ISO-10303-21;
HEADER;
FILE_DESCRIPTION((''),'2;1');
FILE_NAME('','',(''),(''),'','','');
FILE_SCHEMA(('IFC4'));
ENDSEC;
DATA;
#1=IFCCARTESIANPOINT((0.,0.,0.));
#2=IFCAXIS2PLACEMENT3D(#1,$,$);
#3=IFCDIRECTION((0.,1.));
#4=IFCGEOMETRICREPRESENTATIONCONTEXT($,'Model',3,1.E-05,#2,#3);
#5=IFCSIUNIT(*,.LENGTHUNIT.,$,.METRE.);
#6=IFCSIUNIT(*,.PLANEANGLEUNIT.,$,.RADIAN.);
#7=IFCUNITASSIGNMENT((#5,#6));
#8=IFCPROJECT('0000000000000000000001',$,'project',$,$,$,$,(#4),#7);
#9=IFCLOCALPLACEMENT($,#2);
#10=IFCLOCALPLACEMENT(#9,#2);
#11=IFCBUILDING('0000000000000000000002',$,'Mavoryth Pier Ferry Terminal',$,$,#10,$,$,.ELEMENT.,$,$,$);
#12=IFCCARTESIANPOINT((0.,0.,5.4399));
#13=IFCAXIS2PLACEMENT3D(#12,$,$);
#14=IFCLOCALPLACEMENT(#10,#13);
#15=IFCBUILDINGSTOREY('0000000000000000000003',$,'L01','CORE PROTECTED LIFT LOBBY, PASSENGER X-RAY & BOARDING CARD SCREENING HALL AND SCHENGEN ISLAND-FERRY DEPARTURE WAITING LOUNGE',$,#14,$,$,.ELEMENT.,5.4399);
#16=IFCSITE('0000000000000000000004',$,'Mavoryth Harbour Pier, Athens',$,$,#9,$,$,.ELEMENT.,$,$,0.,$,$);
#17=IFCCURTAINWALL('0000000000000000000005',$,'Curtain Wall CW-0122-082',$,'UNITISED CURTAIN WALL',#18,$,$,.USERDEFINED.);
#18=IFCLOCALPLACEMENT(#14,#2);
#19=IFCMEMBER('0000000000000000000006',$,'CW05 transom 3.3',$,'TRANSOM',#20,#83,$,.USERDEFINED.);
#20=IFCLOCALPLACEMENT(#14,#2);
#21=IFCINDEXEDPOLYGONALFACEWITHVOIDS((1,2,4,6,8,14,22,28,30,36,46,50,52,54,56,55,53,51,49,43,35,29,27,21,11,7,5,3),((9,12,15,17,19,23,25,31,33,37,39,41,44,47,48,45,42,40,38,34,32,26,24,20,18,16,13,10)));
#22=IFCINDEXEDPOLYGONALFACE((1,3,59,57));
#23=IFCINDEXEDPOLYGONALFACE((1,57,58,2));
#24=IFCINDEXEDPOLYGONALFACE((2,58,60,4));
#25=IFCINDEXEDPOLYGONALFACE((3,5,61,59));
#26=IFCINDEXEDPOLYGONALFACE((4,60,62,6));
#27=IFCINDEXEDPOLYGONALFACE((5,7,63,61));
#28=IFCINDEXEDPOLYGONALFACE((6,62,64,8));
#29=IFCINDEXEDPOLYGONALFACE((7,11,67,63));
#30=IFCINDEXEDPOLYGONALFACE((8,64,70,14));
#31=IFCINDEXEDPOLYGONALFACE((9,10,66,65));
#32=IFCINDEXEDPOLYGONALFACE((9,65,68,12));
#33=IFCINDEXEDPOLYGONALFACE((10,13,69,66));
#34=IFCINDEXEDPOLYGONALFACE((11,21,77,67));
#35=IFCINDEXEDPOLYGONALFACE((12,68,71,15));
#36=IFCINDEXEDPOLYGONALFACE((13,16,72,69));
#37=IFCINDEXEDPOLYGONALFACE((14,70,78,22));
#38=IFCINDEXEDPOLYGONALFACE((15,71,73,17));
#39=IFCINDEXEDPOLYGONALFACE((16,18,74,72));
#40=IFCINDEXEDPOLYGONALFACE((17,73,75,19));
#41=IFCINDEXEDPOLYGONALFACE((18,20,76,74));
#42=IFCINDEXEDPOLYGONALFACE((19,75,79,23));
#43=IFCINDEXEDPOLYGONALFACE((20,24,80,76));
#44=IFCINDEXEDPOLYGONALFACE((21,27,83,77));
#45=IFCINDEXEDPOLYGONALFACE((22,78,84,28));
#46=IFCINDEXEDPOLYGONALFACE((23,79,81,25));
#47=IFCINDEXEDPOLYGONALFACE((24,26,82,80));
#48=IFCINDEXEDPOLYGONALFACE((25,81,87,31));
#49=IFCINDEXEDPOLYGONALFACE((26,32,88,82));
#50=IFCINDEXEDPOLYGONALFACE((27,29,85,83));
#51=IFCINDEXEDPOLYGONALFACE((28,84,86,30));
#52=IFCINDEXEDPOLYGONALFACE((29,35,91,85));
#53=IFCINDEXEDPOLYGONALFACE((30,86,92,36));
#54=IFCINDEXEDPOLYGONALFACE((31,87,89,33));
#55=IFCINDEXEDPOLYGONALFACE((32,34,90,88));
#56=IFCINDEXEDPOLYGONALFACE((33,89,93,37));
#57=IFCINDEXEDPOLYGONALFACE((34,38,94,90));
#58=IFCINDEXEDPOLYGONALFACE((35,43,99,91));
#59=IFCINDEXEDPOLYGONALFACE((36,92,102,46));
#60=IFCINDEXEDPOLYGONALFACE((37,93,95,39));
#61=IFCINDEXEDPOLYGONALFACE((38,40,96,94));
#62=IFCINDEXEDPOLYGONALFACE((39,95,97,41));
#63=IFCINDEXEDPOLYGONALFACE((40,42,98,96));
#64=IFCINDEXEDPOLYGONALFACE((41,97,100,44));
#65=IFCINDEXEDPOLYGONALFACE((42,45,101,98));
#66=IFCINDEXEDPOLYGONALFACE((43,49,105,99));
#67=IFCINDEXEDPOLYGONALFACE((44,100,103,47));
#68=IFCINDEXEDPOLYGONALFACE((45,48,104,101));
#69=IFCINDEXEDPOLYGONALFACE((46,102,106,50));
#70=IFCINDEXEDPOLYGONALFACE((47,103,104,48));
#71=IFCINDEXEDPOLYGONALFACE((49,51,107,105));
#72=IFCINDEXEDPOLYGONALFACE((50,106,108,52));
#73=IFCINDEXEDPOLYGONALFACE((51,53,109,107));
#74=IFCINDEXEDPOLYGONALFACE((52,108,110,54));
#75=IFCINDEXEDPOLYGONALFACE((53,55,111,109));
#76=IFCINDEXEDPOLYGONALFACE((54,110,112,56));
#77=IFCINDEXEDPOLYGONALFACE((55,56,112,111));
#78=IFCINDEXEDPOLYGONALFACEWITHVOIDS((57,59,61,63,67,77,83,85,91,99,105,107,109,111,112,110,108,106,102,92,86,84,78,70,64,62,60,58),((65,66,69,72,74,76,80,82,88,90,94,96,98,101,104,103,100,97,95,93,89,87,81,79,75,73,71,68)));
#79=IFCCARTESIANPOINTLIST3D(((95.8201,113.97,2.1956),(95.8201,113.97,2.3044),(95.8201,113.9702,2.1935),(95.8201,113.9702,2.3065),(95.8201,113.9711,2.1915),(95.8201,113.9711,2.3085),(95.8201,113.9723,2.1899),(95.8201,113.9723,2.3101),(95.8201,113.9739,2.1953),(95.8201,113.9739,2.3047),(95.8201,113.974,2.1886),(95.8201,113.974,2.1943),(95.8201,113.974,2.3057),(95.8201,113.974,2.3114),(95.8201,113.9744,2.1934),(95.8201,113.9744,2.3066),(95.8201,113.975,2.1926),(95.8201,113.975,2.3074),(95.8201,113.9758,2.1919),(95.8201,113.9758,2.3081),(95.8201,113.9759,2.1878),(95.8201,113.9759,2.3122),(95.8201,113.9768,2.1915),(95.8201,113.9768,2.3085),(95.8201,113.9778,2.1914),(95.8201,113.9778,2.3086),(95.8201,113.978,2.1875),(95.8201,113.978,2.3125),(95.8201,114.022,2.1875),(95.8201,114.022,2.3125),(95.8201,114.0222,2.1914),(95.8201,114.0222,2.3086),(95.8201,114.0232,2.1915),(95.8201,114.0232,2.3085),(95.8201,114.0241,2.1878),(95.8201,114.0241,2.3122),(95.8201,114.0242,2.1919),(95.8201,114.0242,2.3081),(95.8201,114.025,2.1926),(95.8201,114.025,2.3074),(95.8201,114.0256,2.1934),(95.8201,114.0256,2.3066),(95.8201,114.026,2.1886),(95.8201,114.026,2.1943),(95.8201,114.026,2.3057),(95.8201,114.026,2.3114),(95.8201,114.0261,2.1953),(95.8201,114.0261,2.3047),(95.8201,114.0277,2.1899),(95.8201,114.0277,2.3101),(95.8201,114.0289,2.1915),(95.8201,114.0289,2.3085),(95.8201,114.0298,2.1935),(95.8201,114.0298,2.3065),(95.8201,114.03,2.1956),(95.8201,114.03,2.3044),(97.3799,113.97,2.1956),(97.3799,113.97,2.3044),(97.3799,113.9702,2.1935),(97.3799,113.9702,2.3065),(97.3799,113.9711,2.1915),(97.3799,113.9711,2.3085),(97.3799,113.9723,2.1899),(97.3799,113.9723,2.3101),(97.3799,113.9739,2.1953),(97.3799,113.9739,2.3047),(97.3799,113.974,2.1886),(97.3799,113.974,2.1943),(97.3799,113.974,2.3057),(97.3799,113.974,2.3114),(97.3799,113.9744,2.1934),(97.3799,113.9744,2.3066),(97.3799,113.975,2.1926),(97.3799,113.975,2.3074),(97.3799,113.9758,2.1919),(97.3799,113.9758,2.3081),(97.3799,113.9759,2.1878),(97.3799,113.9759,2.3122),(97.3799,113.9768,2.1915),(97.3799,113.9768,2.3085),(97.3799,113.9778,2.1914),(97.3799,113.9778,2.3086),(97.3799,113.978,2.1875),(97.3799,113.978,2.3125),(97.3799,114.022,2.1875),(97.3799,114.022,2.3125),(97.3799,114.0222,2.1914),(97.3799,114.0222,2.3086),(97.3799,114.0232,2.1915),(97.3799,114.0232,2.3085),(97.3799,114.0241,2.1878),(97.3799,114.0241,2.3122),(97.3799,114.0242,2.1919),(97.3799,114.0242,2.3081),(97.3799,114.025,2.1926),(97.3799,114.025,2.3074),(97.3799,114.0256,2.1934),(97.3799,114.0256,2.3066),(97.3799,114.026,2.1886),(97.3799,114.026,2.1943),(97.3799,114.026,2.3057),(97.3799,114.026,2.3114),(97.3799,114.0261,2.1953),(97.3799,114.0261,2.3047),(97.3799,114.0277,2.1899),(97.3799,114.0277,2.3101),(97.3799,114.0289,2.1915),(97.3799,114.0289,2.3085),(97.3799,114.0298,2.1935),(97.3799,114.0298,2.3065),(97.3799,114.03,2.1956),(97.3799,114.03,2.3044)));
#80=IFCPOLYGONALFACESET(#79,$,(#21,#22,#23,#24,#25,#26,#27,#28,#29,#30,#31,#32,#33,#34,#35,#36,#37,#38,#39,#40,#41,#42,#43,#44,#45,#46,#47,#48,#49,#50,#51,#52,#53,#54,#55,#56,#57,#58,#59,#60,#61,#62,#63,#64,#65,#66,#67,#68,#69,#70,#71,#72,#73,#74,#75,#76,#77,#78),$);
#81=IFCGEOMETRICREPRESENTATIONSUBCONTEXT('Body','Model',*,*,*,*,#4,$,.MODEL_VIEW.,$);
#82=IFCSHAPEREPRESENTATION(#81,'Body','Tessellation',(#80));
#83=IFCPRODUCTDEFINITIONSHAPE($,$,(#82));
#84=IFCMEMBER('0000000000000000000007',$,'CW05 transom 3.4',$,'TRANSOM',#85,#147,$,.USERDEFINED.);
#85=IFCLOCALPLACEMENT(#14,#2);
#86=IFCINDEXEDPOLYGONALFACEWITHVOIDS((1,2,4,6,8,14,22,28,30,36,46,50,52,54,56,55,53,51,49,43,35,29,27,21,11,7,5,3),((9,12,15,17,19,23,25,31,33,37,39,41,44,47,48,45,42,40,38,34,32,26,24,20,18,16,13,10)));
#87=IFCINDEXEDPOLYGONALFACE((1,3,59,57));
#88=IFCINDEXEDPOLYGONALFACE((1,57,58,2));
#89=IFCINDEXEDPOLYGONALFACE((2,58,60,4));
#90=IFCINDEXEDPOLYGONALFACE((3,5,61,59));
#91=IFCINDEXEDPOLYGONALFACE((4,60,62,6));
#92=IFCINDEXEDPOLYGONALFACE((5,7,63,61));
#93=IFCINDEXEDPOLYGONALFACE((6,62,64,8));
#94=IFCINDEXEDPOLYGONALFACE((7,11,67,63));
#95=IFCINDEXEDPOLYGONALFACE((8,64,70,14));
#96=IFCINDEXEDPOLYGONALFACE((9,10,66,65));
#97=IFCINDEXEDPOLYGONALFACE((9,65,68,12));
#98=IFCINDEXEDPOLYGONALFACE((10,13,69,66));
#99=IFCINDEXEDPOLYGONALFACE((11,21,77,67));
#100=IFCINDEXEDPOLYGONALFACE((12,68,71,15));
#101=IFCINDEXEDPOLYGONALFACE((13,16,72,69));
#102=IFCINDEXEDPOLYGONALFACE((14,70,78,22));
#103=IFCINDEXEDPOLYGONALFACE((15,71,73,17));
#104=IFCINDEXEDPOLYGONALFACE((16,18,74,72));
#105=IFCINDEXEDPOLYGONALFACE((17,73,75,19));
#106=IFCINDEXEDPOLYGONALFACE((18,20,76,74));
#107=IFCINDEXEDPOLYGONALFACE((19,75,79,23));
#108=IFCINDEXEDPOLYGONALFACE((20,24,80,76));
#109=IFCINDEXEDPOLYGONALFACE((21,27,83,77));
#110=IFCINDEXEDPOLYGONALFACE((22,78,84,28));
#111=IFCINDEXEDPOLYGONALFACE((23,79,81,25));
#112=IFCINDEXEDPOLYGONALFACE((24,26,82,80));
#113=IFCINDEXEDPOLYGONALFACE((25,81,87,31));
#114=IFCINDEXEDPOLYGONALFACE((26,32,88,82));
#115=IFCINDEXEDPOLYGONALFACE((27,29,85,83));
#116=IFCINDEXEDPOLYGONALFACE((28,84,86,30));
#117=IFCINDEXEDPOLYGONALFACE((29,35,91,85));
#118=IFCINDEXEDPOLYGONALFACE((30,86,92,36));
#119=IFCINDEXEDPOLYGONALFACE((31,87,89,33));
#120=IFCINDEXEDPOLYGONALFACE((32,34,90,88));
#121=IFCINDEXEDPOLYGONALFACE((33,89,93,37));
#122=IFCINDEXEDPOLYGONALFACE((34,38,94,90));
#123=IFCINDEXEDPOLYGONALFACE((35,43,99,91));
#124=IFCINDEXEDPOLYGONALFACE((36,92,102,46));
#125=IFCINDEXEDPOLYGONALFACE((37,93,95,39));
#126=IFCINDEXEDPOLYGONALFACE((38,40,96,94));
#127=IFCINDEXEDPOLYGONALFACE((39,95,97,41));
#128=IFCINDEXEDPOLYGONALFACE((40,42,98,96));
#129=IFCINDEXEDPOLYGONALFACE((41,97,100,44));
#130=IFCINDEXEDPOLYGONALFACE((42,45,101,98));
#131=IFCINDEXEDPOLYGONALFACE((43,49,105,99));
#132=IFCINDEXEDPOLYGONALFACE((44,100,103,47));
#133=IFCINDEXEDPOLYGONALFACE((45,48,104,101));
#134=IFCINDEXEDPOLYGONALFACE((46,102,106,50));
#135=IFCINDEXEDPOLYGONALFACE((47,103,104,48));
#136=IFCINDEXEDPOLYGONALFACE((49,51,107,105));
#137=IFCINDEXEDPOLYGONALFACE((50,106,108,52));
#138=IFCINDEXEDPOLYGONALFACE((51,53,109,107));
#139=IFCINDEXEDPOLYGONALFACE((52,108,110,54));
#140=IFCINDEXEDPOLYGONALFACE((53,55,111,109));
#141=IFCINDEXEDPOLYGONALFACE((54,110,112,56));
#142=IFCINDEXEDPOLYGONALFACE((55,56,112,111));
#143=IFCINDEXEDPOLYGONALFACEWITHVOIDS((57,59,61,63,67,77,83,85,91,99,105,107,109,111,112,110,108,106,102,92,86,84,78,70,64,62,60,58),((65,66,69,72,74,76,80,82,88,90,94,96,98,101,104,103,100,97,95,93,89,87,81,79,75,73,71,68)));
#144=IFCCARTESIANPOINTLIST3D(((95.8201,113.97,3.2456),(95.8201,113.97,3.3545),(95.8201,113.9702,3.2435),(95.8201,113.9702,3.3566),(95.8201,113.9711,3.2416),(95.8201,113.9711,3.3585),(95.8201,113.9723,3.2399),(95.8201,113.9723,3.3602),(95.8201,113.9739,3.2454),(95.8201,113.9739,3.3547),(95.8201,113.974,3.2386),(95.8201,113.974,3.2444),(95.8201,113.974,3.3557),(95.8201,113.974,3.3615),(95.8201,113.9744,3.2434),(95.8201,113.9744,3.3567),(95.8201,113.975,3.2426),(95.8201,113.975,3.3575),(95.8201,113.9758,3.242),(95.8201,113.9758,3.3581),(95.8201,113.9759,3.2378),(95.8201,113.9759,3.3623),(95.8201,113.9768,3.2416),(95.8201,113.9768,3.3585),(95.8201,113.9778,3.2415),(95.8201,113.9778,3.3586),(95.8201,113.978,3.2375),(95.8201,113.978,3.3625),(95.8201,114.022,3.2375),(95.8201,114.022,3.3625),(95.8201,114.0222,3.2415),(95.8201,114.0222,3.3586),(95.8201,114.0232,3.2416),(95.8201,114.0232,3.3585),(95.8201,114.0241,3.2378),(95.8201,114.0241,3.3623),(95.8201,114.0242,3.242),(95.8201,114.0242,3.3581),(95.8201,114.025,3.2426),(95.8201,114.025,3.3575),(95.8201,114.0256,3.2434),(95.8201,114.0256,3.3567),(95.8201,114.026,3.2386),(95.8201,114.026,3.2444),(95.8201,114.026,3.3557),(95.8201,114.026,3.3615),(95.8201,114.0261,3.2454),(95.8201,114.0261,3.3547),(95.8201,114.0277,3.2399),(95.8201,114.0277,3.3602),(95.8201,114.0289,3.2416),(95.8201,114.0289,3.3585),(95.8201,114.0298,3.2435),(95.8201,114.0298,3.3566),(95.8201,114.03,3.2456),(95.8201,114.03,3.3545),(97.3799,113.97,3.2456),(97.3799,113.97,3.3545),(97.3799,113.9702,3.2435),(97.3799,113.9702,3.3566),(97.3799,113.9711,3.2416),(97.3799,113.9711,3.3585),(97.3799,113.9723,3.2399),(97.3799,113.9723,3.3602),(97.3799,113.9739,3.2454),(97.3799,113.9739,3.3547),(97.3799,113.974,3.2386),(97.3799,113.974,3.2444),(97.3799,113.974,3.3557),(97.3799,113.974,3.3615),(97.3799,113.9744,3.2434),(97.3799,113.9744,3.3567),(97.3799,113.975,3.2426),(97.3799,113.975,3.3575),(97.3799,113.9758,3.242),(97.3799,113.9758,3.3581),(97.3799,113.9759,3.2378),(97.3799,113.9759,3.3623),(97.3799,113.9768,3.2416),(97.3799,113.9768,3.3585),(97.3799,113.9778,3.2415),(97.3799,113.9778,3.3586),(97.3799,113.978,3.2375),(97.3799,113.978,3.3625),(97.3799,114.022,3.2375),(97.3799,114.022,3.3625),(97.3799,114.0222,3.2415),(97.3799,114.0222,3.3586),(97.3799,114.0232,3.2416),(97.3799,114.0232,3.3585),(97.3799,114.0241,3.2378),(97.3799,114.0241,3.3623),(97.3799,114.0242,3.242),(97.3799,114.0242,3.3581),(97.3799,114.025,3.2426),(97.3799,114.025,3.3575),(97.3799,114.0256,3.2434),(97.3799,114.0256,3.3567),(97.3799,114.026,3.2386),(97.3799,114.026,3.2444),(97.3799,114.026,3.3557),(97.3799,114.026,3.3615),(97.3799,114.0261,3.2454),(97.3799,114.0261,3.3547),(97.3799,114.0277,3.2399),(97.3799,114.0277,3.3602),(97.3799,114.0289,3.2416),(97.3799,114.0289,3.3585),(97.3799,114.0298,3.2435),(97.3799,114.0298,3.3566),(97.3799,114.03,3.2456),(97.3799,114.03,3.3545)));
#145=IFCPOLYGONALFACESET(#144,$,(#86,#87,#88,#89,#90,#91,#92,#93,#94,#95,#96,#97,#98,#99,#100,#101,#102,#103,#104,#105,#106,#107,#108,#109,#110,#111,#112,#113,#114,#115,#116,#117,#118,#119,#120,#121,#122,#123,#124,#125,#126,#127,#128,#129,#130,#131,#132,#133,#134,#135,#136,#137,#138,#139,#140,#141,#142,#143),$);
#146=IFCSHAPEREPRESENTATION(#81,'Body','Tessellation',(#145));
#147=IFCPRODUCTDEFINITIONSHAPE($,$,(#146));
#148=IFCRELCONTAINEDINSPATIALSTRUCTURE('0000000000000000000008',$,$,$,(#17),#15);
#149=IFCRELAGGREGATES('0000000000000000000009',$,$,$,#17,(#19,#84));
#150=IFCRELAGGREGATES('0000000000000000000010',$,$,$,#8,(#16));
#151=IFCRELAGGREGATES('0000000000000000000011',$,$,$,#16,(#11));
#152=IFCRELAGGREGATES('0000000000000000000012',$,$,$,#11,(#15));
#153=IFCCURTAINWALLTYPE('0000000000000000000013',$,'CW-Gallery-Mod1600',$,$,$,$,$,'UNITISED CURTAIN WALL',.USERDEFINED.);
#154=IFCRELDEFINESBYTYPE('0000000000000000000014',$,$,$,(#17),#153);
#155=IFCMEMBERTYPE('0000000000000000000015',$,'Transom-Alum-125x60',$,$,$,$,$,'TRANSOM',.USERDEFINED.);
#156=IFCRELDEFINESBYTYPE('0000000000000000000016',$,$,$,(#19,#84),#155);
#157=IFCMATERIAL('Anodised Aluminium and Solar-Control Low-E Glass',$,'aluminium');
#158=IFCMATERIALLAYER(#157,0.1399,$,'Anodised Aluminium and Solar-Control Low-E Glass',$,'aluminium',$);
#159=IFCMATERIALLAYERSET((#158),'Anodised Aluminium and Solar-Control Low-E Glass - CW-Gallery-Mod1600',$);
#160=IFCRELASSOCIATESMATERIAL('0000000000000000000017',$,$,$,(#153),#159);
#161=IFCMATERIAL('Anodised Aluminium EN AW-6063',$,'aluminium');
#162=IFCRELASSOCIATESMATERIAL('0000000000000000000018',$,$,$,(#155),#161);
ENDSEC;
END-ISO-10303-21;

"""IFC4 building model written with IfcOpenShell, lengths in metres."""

from ifc_helpers import new_model, si_unit, direction, frame, origin, origin_2d, place, context, subcontext, project, spatial, hollow_rectangle, extrude, material, layer, layer_set, material_profile, profile_set, type_object, element, aggregate, save


model = new_model("IFC4")

# Units and contexts
model_context = context("Model", 3, precision=1e-05, world=origin(), true_north=direction((0.0, 1.0)))
body_context = subcontext(model_context, "Body", "Model", "MODEL_VIEW")
ifc_project = project(units=[si_unit("LENGTHUNIT", "METRE"), si_unit("PLANEANGLEUNIT", "RADIAN")], contexts=[model_context])

# Site, building, storey
site_placement = place(None, origin())
site = spatial("IfcSite", under=ifc_project, at=site_placement, Name="Mavoryth Harbour Pier, Athens", CompositionType="ELEMENT", RefElevation=0.0)
building_placement = place(site_placement, origin())
building = spatial("IfcBuilding", under=site, at=building_placement, Name="Mavoryth Pier Ferry Terminal", CompositionType="ELEMENT")
storey_placement = place(building_placement, frame((0.0, 0.0, 5.4399)))
storey = spatial("IfcBuildingStorey", under=building, at=storey_placement, Name="L01", Description="CORE PROTECTED LIFT LOBBY, PASSENGER X-RAY & BOARDING CARD SCREENING HALL AND SCHENGEN ISLAND-FERRY DEPARTURE WAITING LOUNGE", CompositionType="ELEMENT", Elevation=5.4399)

# Curtain wall, members
ifc_material_1 = material(Name="Anodised Aluminium and Solar-Control Low-E Glass", Category="aluminium")
ifc_layer_1 = layer(ifc_material_1, 0.1399, Name="Anodised Aluminium and Solar-Control Low-E Glass", Category="aluminium")
ifc_layer_set_1 = layer_set([ifc_layer_1], Name="Anodised Aluminium and Solar-Control Low-E Glass - CW-Gallery-Mod1600")
curtain_wall_type = type_object("IfcCurtainWallType", Name="CW-Gallery-Mod1600", ElementType="UNITISED CURTAIN WALL", PredefinedType="USERDEFINED", material=ifc_layer_set_1)
curtain_wall_placement = place(storey_placement, origin())
curtain_wall = element("IfcCurtainWall", 1, at=curtain_wall_placement, inside=storey, type_object=curtain_wall_type, Name="Curtain Wall CW-0122-082", ObjectType="UNITISED CURTAIN WALL", PredefinedType="USERDEFINED")
ifc_material_2 = material(Name="Anodised Aluminium EN AW-6063", Category="aluminium")
ifc_material_profile_1 = material_profile(ifc_material_2, hollow_rectangle(XDim=0.0601, YDim=0.125, WallThickness=0.0039, InnerFilletRadius=0.0039, OuterFilletRadius=0.0081, at=origin_2d()), Name="AL-TRAN 125x60x4", Category="aluminium")
ifc_profile_set_1 = profile_set([ifc_material_profile_1], Name="Anodised Aluminium EN AW-6063 - AL-TRAN 125x60x4")
member_type_1 = type_object("IfcMemberType", Name="Transom-Alum-125x60", ElementType="TRANSOM", PredefinedType="USERDEFINED", material=ifc_profile_set_1)
member_1_placement = place(storey_placement, frame((97.3799, 114.0, 2.25), z_axis=(-1.0, 0.0, 0.0), x_axis=(0.0, -1.0, 0.0)))
member_1 = element("IfcMember", 2, at=member_1_placement, type_object=member_type_1, Name="CW05 transom 3.3", ObjectType="TRANSOM", PredefinedType="USERDEFINED", context=body_context, shape_type="SweptSolid", body=[
    extrude(hollow_rectangle(XDim=0.0601, YDim=0.125, WallThickness=0.0039, InnerFilletRadius=0.0039, OuterFilletRadius=0.0081, at=origin_2d()), origin(), (0.0, 0.0, 1.0), 1.5598),
])
member_2_placement = place(storey_placement, frame((97.3799, 114.0, 3.3), z_axis=(-1.0, 0.0, 0.0), x_axis=(0.0, -1.0, 0.0)))
member_2 = element("IfcMember", 3, at=member_2_placement, type_object=member_type_1, Name="CW05 transom 3.4", ObjectType="TRANSOM", PredefinedType="USERDEFINED", context=body_context, shape_type="SweptSolid", body=[
    extrude(hollow_rectangle(XDim=0.0601, YDim=0.125, WallThickness=0.0039, InnerFilletRadius=0.0039, OuterFilletRadius=0.0081, at=origin_2d()), origin(), (0.0, 0.0, 1.0), 1.5598),
])
aggregate(curtain_wall, [member_1, member_2])

save(model, "model.ifc")
